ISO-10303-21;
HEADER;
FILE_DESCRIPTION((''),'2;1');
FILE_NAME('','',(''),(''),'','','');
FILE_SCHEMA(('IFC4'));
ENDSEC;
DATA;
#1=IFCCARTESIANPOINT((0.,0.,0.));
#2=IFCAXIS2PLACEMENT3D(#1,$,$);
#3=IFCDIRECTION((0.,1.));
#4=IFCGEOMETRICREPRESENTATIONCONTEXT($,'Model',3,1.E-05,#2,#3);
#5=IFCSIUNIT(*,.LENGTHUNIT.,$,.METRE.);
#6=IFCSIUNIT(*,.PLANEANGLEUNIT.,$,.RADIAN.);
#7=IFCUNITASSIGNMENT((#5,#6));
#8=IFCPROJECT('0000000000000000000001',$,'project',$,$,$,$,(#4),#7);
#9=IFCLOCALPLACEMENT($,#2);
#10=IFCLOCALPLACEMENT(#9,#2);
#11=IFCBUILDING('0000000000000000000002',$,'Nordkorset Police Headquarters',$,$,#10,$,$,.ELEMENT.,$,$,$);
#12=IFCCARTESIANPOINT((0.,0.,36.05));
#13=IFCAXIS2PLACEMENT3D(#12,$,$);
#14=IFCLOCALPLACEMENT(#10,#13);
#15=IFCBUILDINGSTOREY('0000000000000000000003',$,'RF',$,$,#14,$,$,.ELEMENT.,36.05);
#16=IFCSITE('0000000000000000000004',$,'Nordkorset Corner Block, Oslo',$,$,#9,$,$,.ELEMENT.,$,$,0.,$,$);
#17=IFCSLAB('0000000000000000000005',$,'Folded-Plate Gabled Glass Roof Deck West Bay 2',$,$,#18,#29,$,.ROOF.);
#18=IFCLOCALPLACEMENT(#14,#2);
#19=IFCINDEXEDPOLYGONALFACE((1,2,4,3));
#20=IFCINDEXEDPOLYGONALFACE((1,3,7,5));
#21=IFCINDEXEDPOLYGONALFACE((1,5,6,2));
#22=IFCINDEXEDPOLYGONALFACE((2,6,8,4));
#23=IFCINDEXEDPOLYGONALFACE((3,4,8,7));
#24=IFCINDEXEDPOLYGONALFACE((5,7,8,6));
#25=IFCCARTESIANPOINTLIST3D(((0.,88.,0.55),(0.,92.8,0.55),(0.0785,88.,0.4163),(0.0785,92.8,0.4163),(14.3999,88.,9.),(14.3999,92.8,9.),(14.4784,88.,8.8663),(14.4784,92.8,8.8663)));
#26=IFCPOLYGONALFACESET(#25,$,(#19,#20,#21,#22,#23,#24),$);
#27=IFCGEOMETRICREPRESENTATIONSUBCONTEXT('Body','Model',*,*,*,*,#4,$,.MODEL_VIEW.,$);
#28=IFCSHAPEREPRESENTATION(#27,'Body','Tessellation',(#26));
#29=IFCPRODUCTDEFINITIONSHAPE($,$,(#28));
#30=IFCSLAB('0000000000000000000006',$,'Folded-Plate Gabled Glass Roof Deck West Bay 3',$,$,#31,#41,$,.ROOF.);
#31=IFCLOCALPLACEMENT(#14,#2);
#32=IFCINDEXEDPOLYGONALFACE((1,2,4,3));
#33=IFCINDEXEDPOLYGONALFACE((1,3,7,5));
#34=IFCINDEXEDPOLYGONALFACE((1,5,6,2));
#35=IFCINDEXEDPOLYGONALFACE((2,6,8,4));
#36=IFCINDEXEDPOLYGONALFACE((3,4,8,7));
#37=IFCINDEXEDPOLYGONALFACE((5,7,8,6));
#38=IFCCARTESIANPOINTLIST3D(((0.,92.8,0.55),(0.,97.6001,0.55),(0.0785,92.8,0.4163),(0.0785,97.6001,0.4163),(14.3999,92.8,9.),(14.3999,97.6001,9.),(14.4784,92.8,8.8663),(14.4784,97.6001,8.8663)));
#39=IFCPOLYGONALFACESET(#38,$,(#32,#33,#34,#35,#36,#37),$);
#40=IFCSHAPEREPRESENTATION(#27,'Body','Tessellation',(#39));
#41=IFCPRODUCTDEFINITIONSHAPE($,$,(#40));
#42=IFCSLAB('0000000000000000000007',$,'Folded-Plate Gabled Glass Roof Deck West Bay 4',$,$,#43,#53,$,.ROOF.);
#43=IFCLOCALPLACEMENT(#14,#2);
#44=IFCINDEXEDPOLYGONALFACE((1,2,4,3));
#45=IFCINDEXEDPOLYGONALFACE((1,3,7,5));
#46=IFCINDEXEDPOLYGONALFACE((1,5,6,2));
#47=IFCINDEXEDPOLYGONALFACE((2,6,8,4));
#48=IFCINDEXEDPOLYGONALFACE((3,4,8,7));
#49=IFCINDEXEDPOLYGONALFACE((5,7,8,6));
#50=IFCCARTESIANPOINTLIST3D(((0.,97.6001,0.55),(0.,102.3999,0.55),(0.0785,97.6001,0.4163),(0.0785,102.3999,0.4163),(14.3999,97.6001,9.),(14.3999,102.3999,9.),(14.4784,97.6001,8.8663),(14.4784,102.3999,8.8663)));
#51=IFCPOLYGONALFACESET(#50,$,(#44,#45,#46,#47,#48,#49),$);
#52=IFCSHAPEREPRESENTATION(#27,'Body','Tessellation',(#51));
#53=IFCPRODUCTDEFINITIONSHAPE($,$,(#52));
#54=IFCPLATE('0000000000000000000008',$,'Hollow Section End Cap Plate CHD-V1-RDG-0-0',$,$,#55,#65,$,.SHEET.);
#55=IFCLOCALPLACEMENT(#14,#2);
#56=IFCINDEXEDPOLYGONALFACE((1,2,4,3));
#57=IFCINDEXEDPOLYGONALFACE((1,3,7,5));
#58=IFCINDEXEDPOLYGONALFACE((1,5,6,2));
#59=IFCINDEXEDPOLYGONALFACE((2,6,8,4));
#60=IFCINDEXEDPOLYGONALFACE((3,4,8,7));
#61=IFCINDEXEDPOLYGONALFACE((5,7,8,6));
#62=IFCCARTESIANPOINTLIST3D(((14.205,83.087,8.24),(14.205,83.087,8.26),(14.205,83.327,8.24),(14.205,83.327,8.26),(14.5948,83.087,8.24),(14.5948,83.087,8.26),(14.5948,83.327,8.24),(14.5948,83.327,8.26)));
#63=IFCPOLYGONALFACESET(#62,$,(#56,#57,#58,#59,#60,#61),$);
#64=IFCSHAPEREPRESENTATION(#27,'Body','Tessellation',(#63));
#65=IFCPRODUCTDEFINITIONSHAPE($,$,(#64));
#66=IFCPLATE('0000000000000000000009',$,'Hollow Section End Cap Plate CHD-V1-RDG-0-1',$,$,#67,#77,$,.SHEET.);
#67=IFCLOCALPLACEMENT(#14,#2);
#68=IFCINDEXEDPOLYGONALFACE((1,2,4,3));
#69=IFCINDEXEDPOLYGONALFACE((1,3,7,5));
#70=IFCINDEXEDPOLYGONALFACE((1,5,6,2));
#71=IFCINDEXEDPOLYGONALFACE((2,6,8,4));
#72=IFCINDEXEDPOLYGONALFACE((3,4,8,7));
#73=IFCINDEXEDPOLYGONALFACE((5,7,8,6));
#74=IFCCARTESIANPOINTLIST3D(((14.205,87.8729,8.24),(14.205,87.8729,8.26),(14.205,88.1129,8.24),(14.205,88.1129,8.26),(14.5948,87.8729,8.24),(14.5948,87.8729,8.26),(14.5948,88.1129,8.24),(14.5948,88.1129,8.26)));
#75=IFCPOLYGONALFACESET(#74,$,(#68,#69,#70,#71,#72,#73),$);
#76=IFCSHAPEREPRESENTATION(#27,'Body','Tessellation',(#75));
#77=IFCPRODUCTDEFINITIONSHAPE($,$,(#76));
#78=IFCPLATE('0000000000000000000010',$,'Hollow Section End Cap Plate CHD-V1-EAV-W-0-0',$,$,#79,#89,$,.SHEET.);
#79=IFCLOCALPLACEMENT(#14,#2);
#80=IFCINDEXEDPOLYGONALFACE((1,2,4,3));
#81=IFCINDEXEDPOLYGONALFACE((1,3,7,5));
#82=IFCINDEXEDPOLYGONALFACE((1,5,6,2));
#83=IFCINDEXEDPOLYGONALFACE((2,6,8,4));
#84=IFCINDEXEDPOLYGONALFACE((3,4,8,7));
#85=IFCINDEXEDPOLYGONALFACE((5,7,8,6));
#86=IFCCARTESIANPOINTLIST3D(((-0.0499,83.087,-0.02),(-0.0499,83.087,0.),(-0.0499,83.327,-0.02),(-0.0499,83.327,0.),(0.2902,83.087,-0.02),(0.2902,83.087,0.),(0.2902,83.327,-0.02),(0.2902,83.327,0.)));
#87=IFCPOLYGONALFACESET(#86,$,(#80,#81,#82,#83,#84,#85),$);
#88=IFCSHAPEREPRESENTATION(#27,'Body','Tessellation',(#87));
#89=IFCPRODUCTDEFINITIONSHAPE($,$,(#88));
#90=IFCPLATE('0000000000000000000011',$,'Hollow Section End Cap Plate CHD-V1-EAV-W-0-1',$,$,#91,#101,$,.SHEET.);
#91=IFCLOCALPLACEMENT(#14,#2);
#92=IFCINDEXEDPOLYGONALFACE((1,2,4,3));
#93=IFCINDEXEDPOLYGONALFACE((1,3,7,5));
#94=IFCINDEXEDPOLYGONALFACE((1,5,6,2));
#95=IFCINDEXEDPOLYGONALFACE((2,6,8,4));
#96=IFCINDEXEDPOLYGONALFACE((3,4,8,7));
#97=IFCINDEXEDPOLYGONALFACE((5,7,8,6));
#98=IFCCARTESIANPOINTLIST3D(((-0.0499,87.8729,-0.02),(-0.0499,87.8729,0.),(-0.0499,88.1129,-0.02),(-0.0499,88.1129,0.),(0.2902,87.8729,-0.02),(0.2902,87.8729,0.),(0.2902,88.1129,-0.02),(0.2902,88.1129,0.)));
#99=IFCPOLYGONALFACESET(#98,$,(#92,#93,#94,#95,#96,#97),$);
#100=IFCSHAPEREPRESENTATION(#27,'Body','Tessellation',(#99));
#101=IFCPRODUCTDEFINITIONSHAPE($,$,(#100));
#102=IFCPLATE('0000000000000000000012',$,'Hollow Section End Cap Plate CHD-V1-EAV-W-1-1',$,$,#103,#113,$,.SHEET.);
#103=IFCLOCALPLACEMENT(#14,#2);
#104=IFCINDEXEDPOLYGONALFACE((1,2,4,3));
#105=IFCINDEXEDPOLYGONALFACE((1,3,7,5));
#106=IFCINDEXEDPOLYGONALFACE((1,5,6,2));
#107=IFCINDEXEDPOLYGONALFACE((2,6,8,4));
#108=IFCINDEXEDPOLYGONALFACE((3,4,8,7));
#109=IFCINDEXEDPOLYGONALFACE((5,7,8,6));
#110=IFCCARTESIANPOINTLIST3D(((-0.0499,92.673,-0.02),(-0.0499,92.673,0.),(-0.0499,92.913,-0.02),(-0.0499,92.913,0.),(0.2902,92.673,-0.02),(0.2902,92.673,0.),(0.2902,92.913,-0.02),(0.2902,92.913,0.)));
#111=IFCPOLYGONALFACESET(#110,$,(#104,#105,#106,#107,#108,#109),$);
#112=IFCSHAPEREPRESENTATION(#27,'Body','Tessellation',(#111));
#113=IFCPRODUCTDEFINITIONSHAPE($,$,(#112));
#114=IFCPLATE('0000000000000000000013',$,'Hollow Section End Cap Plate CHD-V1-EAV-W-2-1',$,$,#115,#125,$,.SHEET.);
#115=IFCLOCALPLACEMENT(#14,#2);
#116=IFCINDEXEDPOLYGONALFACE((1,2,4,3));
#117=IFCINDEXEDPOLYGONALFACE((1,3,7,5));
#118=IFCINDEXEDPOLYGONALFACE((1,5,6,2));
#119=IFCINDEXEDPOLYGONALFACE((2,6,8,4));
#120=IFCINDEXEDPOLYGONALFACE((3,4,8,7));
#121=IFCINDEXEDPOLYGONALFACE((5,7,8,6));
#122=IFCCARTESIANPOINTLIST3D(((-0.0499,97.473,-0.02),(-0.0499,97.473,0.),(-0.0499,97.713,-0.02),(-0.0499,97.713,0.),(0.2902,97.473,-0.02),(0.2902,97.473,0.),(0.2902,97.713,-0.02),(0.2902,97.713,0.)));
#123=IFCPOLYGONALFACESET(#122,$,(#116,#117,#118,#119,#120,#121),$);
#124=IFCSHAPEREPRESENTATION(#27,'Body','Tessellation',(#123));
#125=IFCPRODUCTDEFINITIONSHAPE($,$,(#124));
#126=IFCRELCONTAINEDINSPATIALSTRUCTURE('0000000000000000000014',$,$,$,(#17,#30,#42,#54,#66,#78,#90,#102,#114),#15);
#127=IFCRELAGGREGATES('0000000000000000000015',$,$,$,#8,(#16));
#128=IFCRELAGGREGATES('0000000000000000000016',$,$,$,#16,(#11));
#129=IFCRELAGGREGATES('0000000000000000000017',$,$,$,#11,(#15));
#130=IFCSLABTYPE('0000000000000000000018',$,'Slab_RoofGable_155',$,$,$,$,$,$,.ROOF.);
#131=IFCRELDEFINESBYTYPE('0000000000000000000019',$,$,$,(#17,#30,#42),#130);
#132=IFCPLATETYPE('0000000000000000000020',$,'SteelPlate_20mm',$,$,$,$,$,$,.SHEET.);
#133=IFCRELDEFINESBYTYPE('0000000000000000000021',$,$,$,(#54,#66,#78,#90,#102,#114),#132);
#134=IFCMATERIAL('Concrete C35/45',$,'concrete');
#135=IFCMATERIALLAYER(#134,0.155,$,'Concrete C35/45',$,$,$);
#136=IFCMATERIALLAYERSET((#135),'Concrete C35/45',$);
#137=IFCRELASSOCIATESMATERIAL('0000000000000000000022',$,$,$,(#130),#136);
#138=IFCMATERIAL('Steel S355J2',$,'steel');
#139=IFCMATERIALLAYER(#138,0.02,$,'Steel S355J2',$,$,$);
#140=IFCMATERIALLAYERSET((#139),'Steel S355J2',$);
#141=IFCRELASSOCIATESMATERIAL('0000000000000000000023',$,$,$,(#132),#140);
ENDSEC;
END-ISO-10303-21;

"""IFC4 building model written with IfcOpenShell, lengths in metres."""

from ifc_helpers import new_model, si_unit, direction, frame, origin, origin_2d, place, context, subcontext, project, spatial, polyline, rectangle, outline, extrude, material, layer, layer_set, type_object, element, save


model = new_model("IFC4")

# Units and contexts
model_context = context("Model", 3, precision=1e-05, world=origin(), true_north=direction((0.0, 1.0)))
body_context = subcontext(model_context, "Body", "Model", "MODEL_VIEW")
ifc_project = project(units=[si_unit("LENGTHUNIT", "METRE"), si_unit("PLANEANGLEUNIT", "RADIAN")], contexts=[model_context])

# Site, building, storey
site_placement = place(None, origin())
site = spatial("IfcSite", under=ifc_project, at=site_placement, Name="Nordkorset Corner Block, Oslo", CompositionType="ELEMENT", RefElevation=0.0)
building_placement = place(site_placement, origin())
building = spatial("IfcBuilding", under=site, at=building_placement, Name="Nordkorset Police Headquarters", CompositionType="ELEMENT")
storey_placement = place(building_placement, frame((0.0, 0.0, 36.05)))
storey = spatial("IfcBuildingStorey", under=building, at=storey_placement, Name="RF", CompositionType="ELEMENT", Elevation=36.05)

# Slabs
ifc_material_1 = material(Name="Concrete C35/45", Category="concrete")
ifc_layer_1 = layer(ifc_material_1, 0.155, Name="Concrete C35/45")
ifc_layer_set_1 = layer_set([ifc_layer_1], Name="Concrete C35/45")
slab_type = type_object("IfcSlabType", Name="Slab_RoofGable_155", PredefinedType="ROOF", material=ifc_layer_set_1)
for number, where, z_axis, x_axis, name in (
    (1, (0.0, 88.0, 0.55), (-0.506104, 0.0, 0.862472), (0.862472, 0.0, 0.506104), "Folded-Plate Gabled Glass Roof Deck West Bay 2"),
    (2, (0.0, 92.8, 0.55), (-0.506104, 0.0, 0.862472), (0.862472, 0.0, 0.506104), "Folded-Plate Gabled Glass Roof Deck West Bay 3"),
):
    element("IfcSlab", number, at=place(storey_placement, frame(where, z_axis=z_axis, x_axis=x_axis)), inside=storey, type_object=slab_type, Name=name, PredefinedType="ROOF", context=body_context, shape_type="SweptSolid", body=[
        extrude(outline(polyline([(0.0, 0.0), (16.6961, 0.0), (16.6961, 4.8), (0.0, 4.8), (0.0, 0.0)])), origin(), (0.0, 0.0, -1.0), 0.155),
    ])
slab_placement = place(storey_placement, frame((0.0, 97.6001, 0.55), z_axis=(-0.506104, 0.0, 0.862472), x_axis=(0.862472, 0.0, 0.506104)))
element("IfcSlab", 3, at=slab_placement, inside=storey, type_object=slab_type, Name="Folded-Plate Gabled Glass Roof Deck West Bay 4", PredefinedType="ROOF", context=body_context, shape_type="SweptSolid", body=[
    extrude(outline(polyline([(0.0, 0.0), (16.6961, 0.0), (16.6961, 4.7998), (0.0, 4.7998), (0.0, 0.0)])), origin(), (0.0, 0.0, -1.0), 0.155),
])

# Plates
ifc_material_2 = material(Name="Steel S355J2", Category="steel")
ifc_layer_2 = layer(ifc_material_2, 0.02, Name="Steel S355J2")
ifc_layer_set_2 = layer_set([ifc_layer_2], Name="Steel S355J2")
plate_type = type_object("IfcPlateType", Name="SteelPlate_20mm", PredefinedType="SHEET", material=ifc_layer_set_2)
for number, where, z_axis, x_axis, name in (
    (4, (14.3999, 83.207, 8.24), (0.0, 0.0, 1.0), (1.0, 0.0, 0.0), "Hollow Section End Cap Plate CHD-V1-RDG-0-0"),
    (5, (14.3999, 87.9929, 8.24), (0.0, 0.0, 1.0), (1.0, 0.0, 0.0), "Hollow Section End Cap Plate CHD-V1-RDG-0-1"),
):
    element("IfcPlate", number, at=place(storey_placement, frame(where, z_axis=z_axis, x_axis=x_axis)), inside=storey, type_object=plate_type, Name=name, PredefinedType="SHEET", context=body_context, shape_type="SweptSolid", body=[
        extrude(rectangle(XDim=0.3899, YDim=0.24, at=origin_2d()), origin(), (0.0, 0.0, 1.0), 0.02),
    ])
for number, where, z_axis, x_axis, name in (
    (6, (0.1201, 83.207, -0.02), (0.0, 0.0, 1.0), (1.0, 0.0, 0.0), "Hollow Section End Cap Plate CHD-V1-EAV-W-0-0"),
    (7, (0.1201, 87.9929, -0.02), (0.0, 0.0, 1.0), (1.0, 0.0, 0.0), "Hollow Section End Cap Plate CHD-V1-EAV-W-0-1"),
    (8, (0.1201, 92.793, -0.02), (0.0, 0.0, 1.0), (1.0, 0.0, 0.0), "Hollow Section End Cap Plate CHD-V1-EAV-W-1-1"),
    (9, (0.1201, 97.593, -0.02), (0.0, 0.0, 1.0), (1.0, 0.0, 0.0), "Hollow Section End Cap Plate CHD-V1-EAV-W-2-1"),
):
    element("IfcPlate", number, at=place(storey_placement, frame(where, z_axis=z_axis, x_axis=x_axis)), inside=storey, type_object=plate_type, Name=name, PredefinedType="SHEET", context=body_context, shape_type="SweptSolid", body=[
        extrude(rectangle(XDim=0.3401, YDim=0.24, at=origin_2d()), origin(), (0.0, 0.0, 1.0), 0.02),
    ])

save(model, "model.ifc")
